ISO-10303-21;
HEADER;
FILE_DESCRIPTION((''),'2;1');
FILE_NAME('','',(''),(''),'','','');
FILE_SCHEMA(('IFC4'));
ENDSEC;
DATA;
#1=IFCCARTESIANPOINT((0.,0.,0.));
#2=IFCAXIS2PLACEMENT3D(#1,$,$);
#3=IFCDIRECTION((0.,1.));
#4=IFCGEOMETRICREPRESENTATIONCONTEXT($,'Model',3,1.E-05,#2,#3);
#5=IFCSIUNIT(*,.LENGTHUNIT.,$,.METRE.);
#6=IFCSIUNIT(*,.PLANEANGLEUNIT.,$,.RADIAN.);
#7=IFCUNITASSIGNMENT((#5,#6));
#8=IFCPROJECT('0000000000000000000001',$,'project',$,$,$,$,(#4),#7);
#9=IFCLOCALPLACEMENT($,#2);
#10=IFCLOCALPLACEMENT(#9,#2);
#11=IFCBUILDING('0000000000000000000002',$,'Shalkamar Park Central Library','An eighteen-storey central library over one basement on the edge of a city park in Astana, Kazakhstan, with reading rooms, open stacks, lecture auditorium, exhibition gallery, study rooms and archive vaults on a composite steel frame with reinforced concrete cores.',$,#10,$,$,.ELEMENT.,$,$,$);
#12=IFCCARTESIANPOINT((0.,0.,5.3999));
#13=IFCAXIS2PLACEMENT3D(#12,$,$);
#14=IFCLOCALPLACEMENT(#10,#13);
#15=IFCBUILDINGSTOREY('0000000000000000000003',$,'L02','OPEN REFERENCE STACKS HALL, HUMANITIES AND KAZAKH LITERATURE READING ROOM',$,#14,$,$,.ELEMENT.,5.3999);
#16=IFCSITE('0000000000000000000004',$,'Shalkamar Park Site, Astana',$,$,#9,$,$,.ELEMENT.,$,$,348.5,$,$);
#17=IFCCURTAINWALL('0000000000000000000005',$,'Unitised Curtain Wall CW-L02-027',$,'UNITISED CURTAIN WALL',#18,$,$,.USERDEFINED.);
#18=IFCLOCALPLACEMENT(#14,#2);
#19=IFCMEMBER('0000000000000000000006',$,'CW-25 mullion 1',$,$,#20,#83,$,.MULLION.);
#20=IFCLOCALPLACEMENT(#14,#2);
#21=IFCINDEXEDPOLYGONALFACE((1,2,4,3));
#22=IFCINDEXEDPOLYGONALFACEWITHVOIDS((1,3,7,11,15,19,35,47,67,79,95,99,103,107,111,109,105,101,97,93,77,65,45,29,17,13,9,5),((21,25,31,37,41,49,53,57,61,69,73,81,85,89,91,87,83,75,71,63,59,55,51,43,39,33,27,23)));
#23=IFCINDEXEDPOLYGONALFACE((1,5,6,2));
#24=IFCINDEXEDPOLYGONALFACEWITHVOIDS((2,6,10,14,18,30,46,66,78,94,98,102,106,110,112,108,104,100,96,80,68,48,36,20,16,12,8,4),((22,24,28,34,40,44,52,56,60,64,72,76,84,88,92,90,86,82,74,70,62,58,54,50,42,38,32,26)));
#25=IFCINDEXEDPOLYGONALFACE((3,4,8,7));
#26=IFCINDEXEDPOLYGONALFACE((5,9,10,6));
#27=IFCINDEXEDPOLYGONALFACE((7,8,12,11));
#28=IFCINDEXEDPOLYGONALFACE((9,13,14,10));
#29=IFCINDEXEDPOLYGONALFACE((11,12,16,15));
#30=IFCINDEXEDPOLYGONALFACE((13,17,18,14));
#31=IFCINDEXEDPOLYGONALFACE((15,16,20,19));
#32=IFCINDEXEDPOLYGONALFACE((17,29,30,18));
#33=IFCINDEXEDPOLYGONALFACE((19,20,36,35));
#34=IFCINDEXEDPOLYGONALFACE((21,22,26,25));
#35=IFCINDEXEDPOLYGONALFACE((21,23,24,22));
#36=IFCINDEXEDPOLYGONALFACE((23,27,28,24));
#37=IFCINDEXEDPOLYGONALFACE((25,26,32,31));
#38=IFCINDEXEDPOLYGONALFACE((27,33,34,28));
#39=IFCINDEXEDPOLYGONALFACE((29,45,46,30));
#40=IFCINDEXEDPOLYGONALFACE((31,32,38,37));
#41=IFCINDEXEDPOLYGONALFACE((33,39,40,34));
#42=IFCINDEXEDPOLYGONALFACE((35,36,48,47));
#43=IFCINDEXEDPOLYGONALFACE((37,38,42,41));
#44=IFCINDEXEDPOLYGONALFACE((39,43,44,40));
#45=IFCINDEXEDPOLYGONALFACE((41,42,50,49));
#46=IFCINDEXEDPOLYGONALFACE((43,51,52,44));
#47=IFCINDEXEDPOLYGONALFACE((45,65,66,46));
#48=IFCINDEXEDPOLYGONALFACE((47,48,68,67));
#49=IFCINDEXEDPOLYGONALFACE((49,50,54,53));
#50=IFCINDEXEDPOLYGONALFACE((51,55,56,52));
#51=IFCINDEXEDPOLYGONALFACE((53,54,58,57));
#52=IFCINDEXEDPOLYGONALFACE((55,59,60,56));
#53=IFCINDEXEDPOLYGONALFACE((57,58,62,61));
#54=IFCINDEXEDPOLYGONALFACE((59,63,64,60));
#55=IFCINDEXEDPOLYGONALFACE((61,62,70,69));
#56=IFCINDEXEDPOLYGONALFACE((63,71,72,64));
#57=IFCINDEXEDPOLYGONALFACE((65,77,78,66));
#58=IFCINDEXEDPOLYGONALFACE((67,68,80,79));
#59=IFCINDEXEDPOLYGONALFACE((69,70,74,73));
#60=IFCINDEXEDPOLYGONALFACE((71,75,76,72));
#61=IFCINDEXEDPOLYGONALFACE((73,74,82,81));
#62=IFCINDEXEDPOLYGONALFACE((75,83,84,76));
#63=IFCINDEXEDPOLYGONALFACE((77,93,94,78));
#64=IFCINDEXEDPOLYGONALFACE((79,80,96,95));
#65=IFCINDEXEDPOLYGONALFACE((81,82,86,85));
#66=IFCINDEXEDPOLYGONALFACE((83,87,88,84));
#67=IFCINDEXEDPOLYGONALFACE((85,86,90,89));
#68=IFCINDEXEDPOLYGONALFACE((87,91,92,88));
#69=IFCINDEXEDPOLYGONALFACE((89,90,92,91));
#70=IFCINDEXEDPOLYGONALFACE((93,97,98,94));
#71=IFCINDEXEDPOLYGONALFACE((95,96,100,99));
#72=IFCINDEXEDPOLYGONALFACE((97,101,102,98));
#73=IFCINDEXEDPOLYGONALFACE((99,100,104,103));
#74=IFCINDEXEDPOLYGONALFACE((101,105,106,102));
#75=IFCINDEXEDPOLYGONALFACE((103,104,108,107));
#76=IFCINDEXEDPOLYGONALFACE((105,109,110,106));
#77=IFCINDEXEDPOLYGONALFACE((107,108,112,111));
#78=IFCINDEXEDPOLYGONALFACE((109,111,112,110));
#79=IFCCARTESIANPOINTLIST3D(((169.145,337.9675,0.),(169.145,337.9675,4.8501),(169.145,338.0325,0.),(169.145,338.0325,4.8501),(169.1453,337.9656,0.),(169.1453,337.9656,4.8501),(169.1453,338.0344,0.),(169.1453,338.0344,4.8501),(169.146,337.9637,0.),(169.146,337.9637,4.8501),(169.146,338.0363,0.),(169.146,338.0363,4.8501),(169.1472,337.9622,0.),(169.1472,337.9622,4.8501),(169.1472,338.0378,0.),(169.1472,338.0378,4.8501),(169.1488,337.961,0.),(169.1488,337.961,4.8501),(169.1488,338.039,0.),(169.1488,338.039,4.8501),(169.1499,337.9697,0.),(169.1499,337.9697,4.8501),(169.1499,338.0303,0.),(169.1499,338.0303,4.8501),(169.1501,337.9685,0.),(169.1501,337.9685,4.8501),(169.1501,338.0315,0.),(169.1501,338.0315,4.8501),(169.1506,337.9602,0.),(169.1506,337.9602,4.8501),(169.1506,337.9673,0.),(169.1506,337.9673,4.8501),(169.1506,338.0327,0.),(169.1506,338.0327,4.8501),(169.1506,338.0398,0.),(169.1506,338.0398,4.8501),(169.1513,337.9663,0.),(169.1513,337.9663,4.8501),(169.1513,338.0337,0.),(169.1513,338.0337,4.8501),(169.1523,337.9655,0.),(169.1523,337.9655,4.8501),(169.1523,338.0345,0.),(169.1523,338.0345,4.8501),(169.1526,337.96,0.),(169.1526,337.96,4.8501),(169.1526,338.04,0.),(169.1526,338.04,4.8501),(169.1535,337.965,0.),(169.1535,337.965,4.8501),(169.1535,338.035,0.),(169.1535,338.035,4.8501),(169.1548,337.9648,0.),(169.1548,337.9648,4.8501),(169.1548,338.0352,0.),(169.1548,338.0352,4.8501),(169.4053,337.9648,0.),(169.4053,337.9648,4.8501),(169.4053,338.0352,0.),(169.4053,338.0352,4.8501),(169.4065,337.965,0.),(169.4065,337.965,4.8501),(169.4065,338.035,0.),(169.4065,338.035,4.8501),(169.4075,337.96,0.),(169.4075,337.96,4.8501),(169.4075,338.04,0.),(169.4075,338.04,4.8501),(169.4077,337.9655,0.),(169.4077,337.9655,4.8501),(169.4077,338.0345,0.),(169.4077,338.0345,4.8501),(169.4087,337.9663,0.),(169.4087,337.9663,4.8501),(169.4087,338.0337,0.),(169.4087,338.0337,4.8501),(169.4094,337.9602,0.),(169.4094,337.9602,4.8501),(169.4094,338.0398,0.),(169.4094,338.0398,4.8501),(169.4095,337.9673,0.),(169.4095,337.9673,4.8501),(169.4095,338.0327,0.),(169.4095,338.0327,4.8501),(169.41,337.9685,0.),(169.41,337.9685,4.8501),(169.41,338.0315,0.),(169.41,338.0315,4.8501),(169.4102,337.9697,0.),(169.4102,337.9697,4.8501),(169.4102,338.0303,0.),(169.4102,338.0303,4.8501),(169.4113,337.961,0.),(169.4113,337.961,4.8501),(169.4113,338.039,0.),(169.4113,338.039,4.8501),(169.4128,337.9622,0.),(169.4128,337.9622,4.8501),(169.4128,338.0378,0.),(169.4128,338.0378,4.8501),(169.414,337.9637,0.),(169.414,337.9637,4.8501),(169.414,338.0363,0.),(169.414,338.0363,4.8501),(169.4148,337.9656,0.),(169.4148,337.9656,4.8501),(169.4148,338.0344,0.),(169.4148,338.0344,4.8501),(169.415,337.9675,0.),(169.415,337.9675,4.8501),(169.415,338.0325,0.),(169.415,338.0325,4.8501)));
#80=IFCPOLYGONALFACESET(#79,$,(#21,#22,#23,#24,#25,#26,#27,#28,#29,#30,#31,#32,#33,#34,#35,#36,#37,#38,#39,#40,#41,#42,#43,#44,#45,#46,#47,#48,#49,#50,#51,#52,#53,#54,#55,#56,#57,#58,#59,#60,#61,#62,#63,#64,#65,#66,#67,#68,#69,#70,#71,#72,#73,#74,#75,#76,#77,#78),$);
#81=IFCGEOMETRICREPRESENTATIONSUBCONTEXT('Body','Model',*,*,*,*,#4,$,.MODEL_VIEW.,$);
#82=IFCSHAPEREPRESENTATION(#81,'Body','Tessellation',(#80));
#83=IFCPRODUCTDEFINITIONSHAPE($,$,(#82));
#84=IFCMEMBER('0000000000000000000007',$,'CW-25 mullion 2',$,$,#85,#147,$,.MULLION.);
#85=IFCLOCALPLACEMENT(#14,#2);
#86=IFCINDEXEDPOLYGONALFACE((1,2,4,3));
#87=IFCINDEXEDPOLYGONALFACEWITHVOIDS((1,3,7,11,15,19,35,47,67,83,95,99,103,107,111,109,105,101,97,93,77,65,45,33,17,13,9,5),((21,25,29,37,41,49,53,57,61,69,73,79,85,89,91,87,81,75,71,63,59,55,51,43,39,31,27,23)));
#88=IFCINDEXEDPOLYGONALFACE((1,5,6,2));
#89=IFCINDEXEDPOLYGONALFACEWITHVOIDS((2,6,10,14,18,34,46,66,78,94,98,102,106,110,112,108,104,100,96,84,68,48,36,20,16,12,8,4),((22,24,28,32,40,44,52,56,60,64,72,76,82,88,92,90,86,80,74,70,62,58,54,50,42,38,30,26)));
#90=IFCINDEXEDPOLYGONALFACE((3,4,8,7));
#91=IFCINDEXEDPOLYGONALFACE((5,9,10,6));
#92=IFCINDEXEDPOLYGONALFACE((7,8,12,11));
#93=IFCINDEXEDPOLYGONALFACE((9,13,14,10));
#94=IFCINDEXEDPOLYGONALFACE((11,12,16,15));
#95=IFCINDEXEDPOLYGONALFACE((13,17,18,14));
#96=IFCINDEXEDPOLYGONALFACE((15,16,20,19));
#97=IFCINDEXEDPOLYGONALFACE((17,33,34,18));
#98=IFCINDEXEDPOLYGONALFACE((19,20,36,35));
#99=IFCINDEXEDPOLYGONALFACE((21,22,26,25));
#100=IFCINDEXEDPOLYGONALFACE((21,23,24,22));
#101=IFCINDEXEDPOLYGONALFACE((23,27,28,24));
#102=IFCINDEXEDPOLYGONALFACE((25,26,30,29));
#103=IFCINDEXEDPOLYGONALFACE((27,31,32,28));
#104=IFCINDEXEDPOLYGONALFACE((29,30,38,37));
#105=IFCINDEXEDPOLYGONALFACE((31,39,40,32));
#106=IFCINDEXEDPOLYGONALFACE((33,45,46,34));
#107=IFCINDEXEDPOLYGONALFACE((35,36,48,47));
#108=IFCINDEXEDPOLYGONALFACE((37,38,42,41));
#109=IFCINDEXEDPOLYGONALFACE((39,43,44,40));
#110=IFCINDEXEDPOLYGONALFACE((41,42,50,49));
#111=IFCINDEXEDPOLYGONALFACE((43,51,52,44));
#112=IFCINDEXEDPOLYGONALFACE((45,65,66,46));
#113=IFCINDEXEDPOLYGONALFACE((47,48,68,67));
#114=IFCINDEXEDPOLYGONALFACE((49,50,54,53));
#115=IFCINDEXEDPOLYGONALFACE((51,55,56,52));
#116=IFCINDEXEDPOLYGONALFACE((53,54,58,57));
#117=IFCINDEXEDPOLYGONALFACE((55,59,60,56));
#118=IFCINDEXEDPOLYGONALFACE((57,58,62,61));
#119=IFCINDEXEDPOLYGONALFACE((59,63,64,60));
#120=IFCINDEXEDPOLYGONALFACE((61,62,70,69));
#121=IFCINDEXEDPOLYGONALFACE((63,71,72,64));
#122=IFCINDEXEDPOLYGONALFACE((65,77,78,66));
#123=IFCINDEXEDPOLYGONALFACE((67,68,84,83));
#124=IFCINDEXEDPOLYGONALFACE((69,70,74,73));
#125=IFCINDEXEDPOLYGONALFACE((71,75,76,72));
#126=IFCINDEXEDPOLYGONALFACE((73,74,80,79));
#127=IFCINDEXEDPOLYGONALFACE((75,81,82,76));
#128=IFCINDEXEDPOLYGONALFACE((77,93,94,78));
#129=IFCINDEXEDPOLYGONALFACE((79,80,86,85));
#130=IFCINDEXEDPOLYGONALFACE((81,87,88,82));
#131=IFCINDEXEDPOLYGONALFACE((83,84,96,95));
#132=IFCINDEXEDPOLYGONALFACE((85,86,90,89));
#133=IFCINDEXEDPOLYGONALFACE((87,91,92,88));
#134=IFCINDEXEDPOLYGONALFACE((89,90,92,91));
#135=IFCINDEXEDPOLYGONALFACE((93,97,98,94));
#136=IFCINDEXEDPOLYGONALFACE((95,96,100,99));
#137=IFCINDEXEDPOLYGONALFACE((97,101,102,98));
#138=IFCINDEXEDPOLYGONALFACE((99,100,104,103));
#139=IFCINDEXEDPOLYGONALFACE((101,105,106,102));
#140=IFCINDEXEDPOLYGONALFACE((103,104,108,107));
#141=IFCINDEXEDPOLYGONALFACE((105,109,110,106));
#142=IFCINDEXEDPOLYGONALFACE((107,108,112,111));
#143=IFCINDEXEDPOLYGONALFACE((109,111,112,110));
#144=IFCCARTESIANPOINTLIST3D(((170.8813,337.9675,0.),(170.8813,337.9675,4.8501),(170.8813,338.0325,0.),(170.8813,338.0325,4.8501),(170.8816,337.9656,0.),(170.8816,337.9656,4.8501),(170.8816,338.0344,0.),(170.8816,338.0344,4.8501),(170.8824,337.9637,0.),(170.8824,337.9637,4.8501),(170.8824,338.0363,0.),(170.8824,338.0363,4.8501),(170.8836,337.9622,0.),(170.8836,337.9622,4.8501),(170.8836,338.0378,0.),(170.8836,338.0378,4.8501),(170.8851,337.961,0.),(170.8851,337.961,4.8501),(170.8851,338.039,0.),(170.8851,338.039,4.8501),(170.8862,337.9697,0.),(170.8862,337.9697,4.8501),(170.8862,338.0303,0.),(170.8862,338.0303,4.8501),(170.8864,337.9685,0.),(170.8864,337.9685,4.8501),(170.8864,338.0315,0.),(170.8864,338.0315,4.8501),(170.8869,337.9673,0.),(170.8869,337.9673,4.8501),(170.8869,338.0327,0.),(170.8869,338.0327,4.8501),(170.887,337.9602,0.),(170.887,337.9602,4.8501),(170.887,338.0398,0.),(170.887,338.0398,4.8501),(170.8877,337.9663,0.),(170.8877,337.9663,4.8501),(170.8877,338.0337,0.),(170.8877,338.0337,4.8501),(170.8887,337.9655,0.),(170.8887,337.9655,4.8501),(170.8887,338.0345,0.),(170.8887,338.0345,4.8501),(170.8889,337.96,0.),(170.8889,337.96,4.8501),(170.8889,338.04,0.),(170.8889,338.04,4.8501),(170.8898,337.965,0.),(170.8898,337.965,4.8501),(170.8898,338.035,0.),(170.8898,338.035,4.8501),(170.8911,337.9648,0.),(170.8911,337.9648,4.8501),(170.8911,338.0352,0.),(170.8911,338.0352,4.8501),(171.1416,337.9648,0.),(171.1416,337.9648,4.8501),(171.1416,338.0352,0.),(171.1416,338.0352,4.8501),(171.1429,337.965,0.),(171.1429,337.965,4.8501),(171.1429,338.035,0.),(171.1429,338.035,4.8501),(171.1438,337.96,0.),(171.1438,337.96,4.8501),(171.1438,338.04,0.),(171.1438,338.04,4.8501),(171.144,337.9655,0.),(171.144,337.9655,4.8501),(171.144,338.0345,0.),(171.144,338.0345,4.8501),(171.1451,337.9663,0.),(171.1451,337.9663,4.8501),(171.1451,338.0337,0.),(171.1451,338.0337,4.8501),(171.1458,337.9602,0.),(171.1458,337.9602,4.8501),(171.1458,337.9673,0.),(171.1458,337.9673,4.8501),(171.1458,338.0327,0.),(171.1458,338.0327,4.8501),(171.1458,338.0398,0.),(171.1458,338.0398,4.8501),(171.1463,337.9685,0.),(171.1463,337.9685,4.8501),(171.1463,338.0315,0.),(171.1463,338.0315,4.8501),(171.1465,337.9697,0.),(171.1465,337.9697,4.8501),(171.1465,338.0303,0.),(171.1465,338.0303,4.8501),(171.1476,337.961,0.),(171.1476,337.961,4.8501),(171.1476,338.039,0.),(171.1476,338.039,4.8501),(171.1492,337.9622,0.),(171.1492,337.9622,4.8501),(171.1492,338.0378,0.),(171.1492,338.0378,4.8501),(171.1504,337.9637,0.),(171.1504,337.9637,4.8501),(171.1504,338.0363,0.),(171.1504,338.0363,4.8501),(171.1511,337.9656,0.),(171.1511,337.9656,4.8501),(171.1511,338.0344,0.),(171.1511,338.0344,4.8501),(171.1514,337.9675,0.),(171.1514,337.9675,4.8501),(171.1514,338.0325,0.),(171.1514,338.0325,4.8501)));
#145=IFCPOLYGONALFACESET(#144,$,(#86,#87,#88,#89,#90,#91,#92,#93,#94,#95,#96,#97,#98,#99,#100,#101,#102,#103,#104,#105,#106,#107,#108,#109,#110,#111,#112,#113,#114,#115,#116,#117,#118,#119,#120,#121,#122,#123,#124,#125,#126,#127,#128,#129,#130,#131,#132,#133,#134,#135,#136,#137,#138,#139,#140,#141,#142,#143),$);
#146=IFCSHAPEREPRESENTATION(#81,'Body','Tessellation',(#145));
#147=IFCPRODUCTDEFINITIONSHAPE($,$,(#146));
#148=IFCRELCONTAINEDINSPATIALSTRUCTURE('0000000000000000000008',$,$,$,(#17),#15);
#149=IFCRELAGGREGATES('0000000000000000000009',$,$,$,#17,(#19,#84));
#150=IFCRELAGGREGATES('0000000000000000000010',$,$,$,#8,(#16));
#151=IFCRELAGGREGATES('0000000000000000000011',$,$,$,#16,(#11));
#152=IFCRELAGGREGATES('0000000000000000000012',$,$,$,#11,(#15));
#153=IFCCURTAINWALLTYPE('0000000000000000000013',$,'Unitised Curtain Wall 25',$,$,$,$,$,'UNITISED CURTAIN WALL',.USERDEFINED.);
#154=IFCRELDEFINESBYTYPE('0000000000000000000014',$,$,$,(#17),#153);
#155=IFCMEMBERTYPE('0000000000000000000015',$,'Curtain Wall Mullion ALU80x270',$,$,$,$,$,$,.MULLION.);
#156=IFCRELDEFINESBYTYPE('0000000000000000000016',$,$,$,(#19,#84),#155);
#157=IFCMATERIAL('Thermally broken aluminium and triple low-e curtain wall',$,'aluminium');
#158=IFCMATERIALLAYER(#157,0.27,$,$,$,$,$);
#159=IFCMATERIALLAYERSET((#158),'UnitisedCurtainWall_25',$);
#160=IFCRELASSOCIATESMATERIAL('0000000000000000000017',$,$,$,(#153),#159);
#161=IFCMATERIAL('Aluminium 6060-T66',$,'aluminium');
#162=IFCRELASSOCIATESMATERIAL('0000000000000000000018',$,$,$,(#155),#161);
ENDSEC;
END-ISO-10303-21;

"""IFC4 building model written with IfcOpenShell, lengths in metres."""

from ifc_helpers import new_model, si_unit, direction, frame, origin, origin_2d, place, context, subcontext, project, spatial, hollow_rectangle, extrude, material, layer, layer_set, material_profile, profile_set, type_object, element, aggregate, save


model = new_model("IFC4")

# Units and contexts
model_context = context("Model", 3, precision=1e-05, world=origin(), true_north=direction((0.0, 1.0)))
body_context = subcontext(model_context, "Body", "Model", "MODEL_VIEW")
ifc_project = project(units=[si_unit("LENGTHUNIT", "METRE"), si_unit("PLANEANGLEUNIT", "RADIAN")], contexts=[model_context])

# Site, building, storey
site_placement = place(None, origin())
site = spatial("IfcSite", under=ifc_project, at=site_placement, Name="Shalkamar Park Site, Astana", CompositionType="ELEMENT", RefElevation=348.5)
building_placement = place(site_placement, origin())
building = spatial("IfcBuilding", under=site, at=building_placement, Name="Shalkamar Park Central Library", Description="An eighteen-storey central library over one basement on the edge of a city park in Astana, Kazakhstan, with reading rooms, open stacks, lecture auditorium, exhibition gallery, study rooms and archive vaults on a composite steel frame with reinforced concrete cores.", CompositionType="ELEMENT")
storey_placement = place(building_placement, frame((0.0, 0.0, 5.3999)))
storey = spatial("IfcBuildingStorey", under=building, at=storey_placement, Name="L02", Description="OPEN REFERENCE STACKS HALL, HUMANITIES AND KAZAKH LITERATURE READING ROOM", CompositionType="ELEMENT", Elevation=5.3999)

# Curtain wall, members
ifc_material_1 = material(Name="Thermally broken aluminium and triple low-e curtain wall", Category="aluminium")
ifc_material_2 = material(Name="Aluminium 6060-T66", Category="aluminium")
ifc_layer_1 = layer(ifc_material_1, 0.27)
ifc_layer_set_1 = layer_set([ifc_layer_1], Name="UnitisedCurtainWall_25")
curtain_wall_type_1 = type_object("IfcCurtainWallType", Name="Unitised Curtain Wall 25", ElementType="UNITISED CURTAIN WALL", PredefinedType="USERDEFINED", material=ifc_layer_set_1)
curtain_wall_1_placement = place(storey_placement, origin())
curtain_wall_1 = element("IfcCurtainWall", 1, at=curtain_wall_1_placement, inside=storey, type_object=curtain_wall_type_1, Name="Unitised Curtain Wall CW-L02-027", ObjectType="UNITISED CURTAIN WALL", PredefinedType="USERDEFINED")
ifc_material_profile_1 = material_profile(ifc_material_2, hollow_rectangle(XDim=0.0801, YDim=0.27, WallThickness=0.0049, InnerFilletRadius=0.0049, OuterFilletRadius=0.0076, at=origin_2d()), Name="ALU 80x270x5")
ifc_profile_set_1 = profile_set([ifc_material_profile_1], Name="Aluminium 6060-T66")
member_type_1 = type_object("IfcMemberType", Name="Curtain Wall Mullion ALU80x270", PredefinedType="MULLION", material=ifc_profile_set_1)
member_1_placement = place(storey_placement, frame((169.28, 338.0, 0.0), z_axis=(0.0, 0.0, 1.0), x_axis=(0.0, 1.0, 0.0)))
member_1 = element("IfcMember", 2, at=member_1_placement, type_object=member_type_1, Name="CW-25 mullion 1", PredefinedType="MULLION", context=body_context, shape_type="SweptSolid", body=[
    extrude(hollow_rectangle(XDim=0.0801, YDim=0.27, WallThickness=0.0049, InnerFilletRadius=0.0049, OuterFilletRadius=0.0076, at=origin_2d()), origin(), (0.0, 0.0, 1.0), 4.8501),
])
member_2_placement = place(storey_placement, frame((171.0164, 338.0, 0.0), z_axis=(0.0, 0.0, 1.0), x_axis=(0.0, 1.0, 0.0)))
member_2 = element("IfcMember", 3, at=member_2_placement, type_object=member_type_1, Name="CW-25 mullion 2", PredefinedType="MULLION", context=body_context, shape_type="SweptSolid", body=[
    extrude(hollow_rectangle(XDim=0.0801, YDim=0.27, WallThickness=0.0049, InnerFilletRadius=0.0049, OuterFilletRadius=0.0076, at=origin_2d()), origin(), (0.0, 0.0, 1.0), 4.8501),
])

aggregate(curtain_wall_1, [member_1, member_2])

save(model, "model.ifc")
